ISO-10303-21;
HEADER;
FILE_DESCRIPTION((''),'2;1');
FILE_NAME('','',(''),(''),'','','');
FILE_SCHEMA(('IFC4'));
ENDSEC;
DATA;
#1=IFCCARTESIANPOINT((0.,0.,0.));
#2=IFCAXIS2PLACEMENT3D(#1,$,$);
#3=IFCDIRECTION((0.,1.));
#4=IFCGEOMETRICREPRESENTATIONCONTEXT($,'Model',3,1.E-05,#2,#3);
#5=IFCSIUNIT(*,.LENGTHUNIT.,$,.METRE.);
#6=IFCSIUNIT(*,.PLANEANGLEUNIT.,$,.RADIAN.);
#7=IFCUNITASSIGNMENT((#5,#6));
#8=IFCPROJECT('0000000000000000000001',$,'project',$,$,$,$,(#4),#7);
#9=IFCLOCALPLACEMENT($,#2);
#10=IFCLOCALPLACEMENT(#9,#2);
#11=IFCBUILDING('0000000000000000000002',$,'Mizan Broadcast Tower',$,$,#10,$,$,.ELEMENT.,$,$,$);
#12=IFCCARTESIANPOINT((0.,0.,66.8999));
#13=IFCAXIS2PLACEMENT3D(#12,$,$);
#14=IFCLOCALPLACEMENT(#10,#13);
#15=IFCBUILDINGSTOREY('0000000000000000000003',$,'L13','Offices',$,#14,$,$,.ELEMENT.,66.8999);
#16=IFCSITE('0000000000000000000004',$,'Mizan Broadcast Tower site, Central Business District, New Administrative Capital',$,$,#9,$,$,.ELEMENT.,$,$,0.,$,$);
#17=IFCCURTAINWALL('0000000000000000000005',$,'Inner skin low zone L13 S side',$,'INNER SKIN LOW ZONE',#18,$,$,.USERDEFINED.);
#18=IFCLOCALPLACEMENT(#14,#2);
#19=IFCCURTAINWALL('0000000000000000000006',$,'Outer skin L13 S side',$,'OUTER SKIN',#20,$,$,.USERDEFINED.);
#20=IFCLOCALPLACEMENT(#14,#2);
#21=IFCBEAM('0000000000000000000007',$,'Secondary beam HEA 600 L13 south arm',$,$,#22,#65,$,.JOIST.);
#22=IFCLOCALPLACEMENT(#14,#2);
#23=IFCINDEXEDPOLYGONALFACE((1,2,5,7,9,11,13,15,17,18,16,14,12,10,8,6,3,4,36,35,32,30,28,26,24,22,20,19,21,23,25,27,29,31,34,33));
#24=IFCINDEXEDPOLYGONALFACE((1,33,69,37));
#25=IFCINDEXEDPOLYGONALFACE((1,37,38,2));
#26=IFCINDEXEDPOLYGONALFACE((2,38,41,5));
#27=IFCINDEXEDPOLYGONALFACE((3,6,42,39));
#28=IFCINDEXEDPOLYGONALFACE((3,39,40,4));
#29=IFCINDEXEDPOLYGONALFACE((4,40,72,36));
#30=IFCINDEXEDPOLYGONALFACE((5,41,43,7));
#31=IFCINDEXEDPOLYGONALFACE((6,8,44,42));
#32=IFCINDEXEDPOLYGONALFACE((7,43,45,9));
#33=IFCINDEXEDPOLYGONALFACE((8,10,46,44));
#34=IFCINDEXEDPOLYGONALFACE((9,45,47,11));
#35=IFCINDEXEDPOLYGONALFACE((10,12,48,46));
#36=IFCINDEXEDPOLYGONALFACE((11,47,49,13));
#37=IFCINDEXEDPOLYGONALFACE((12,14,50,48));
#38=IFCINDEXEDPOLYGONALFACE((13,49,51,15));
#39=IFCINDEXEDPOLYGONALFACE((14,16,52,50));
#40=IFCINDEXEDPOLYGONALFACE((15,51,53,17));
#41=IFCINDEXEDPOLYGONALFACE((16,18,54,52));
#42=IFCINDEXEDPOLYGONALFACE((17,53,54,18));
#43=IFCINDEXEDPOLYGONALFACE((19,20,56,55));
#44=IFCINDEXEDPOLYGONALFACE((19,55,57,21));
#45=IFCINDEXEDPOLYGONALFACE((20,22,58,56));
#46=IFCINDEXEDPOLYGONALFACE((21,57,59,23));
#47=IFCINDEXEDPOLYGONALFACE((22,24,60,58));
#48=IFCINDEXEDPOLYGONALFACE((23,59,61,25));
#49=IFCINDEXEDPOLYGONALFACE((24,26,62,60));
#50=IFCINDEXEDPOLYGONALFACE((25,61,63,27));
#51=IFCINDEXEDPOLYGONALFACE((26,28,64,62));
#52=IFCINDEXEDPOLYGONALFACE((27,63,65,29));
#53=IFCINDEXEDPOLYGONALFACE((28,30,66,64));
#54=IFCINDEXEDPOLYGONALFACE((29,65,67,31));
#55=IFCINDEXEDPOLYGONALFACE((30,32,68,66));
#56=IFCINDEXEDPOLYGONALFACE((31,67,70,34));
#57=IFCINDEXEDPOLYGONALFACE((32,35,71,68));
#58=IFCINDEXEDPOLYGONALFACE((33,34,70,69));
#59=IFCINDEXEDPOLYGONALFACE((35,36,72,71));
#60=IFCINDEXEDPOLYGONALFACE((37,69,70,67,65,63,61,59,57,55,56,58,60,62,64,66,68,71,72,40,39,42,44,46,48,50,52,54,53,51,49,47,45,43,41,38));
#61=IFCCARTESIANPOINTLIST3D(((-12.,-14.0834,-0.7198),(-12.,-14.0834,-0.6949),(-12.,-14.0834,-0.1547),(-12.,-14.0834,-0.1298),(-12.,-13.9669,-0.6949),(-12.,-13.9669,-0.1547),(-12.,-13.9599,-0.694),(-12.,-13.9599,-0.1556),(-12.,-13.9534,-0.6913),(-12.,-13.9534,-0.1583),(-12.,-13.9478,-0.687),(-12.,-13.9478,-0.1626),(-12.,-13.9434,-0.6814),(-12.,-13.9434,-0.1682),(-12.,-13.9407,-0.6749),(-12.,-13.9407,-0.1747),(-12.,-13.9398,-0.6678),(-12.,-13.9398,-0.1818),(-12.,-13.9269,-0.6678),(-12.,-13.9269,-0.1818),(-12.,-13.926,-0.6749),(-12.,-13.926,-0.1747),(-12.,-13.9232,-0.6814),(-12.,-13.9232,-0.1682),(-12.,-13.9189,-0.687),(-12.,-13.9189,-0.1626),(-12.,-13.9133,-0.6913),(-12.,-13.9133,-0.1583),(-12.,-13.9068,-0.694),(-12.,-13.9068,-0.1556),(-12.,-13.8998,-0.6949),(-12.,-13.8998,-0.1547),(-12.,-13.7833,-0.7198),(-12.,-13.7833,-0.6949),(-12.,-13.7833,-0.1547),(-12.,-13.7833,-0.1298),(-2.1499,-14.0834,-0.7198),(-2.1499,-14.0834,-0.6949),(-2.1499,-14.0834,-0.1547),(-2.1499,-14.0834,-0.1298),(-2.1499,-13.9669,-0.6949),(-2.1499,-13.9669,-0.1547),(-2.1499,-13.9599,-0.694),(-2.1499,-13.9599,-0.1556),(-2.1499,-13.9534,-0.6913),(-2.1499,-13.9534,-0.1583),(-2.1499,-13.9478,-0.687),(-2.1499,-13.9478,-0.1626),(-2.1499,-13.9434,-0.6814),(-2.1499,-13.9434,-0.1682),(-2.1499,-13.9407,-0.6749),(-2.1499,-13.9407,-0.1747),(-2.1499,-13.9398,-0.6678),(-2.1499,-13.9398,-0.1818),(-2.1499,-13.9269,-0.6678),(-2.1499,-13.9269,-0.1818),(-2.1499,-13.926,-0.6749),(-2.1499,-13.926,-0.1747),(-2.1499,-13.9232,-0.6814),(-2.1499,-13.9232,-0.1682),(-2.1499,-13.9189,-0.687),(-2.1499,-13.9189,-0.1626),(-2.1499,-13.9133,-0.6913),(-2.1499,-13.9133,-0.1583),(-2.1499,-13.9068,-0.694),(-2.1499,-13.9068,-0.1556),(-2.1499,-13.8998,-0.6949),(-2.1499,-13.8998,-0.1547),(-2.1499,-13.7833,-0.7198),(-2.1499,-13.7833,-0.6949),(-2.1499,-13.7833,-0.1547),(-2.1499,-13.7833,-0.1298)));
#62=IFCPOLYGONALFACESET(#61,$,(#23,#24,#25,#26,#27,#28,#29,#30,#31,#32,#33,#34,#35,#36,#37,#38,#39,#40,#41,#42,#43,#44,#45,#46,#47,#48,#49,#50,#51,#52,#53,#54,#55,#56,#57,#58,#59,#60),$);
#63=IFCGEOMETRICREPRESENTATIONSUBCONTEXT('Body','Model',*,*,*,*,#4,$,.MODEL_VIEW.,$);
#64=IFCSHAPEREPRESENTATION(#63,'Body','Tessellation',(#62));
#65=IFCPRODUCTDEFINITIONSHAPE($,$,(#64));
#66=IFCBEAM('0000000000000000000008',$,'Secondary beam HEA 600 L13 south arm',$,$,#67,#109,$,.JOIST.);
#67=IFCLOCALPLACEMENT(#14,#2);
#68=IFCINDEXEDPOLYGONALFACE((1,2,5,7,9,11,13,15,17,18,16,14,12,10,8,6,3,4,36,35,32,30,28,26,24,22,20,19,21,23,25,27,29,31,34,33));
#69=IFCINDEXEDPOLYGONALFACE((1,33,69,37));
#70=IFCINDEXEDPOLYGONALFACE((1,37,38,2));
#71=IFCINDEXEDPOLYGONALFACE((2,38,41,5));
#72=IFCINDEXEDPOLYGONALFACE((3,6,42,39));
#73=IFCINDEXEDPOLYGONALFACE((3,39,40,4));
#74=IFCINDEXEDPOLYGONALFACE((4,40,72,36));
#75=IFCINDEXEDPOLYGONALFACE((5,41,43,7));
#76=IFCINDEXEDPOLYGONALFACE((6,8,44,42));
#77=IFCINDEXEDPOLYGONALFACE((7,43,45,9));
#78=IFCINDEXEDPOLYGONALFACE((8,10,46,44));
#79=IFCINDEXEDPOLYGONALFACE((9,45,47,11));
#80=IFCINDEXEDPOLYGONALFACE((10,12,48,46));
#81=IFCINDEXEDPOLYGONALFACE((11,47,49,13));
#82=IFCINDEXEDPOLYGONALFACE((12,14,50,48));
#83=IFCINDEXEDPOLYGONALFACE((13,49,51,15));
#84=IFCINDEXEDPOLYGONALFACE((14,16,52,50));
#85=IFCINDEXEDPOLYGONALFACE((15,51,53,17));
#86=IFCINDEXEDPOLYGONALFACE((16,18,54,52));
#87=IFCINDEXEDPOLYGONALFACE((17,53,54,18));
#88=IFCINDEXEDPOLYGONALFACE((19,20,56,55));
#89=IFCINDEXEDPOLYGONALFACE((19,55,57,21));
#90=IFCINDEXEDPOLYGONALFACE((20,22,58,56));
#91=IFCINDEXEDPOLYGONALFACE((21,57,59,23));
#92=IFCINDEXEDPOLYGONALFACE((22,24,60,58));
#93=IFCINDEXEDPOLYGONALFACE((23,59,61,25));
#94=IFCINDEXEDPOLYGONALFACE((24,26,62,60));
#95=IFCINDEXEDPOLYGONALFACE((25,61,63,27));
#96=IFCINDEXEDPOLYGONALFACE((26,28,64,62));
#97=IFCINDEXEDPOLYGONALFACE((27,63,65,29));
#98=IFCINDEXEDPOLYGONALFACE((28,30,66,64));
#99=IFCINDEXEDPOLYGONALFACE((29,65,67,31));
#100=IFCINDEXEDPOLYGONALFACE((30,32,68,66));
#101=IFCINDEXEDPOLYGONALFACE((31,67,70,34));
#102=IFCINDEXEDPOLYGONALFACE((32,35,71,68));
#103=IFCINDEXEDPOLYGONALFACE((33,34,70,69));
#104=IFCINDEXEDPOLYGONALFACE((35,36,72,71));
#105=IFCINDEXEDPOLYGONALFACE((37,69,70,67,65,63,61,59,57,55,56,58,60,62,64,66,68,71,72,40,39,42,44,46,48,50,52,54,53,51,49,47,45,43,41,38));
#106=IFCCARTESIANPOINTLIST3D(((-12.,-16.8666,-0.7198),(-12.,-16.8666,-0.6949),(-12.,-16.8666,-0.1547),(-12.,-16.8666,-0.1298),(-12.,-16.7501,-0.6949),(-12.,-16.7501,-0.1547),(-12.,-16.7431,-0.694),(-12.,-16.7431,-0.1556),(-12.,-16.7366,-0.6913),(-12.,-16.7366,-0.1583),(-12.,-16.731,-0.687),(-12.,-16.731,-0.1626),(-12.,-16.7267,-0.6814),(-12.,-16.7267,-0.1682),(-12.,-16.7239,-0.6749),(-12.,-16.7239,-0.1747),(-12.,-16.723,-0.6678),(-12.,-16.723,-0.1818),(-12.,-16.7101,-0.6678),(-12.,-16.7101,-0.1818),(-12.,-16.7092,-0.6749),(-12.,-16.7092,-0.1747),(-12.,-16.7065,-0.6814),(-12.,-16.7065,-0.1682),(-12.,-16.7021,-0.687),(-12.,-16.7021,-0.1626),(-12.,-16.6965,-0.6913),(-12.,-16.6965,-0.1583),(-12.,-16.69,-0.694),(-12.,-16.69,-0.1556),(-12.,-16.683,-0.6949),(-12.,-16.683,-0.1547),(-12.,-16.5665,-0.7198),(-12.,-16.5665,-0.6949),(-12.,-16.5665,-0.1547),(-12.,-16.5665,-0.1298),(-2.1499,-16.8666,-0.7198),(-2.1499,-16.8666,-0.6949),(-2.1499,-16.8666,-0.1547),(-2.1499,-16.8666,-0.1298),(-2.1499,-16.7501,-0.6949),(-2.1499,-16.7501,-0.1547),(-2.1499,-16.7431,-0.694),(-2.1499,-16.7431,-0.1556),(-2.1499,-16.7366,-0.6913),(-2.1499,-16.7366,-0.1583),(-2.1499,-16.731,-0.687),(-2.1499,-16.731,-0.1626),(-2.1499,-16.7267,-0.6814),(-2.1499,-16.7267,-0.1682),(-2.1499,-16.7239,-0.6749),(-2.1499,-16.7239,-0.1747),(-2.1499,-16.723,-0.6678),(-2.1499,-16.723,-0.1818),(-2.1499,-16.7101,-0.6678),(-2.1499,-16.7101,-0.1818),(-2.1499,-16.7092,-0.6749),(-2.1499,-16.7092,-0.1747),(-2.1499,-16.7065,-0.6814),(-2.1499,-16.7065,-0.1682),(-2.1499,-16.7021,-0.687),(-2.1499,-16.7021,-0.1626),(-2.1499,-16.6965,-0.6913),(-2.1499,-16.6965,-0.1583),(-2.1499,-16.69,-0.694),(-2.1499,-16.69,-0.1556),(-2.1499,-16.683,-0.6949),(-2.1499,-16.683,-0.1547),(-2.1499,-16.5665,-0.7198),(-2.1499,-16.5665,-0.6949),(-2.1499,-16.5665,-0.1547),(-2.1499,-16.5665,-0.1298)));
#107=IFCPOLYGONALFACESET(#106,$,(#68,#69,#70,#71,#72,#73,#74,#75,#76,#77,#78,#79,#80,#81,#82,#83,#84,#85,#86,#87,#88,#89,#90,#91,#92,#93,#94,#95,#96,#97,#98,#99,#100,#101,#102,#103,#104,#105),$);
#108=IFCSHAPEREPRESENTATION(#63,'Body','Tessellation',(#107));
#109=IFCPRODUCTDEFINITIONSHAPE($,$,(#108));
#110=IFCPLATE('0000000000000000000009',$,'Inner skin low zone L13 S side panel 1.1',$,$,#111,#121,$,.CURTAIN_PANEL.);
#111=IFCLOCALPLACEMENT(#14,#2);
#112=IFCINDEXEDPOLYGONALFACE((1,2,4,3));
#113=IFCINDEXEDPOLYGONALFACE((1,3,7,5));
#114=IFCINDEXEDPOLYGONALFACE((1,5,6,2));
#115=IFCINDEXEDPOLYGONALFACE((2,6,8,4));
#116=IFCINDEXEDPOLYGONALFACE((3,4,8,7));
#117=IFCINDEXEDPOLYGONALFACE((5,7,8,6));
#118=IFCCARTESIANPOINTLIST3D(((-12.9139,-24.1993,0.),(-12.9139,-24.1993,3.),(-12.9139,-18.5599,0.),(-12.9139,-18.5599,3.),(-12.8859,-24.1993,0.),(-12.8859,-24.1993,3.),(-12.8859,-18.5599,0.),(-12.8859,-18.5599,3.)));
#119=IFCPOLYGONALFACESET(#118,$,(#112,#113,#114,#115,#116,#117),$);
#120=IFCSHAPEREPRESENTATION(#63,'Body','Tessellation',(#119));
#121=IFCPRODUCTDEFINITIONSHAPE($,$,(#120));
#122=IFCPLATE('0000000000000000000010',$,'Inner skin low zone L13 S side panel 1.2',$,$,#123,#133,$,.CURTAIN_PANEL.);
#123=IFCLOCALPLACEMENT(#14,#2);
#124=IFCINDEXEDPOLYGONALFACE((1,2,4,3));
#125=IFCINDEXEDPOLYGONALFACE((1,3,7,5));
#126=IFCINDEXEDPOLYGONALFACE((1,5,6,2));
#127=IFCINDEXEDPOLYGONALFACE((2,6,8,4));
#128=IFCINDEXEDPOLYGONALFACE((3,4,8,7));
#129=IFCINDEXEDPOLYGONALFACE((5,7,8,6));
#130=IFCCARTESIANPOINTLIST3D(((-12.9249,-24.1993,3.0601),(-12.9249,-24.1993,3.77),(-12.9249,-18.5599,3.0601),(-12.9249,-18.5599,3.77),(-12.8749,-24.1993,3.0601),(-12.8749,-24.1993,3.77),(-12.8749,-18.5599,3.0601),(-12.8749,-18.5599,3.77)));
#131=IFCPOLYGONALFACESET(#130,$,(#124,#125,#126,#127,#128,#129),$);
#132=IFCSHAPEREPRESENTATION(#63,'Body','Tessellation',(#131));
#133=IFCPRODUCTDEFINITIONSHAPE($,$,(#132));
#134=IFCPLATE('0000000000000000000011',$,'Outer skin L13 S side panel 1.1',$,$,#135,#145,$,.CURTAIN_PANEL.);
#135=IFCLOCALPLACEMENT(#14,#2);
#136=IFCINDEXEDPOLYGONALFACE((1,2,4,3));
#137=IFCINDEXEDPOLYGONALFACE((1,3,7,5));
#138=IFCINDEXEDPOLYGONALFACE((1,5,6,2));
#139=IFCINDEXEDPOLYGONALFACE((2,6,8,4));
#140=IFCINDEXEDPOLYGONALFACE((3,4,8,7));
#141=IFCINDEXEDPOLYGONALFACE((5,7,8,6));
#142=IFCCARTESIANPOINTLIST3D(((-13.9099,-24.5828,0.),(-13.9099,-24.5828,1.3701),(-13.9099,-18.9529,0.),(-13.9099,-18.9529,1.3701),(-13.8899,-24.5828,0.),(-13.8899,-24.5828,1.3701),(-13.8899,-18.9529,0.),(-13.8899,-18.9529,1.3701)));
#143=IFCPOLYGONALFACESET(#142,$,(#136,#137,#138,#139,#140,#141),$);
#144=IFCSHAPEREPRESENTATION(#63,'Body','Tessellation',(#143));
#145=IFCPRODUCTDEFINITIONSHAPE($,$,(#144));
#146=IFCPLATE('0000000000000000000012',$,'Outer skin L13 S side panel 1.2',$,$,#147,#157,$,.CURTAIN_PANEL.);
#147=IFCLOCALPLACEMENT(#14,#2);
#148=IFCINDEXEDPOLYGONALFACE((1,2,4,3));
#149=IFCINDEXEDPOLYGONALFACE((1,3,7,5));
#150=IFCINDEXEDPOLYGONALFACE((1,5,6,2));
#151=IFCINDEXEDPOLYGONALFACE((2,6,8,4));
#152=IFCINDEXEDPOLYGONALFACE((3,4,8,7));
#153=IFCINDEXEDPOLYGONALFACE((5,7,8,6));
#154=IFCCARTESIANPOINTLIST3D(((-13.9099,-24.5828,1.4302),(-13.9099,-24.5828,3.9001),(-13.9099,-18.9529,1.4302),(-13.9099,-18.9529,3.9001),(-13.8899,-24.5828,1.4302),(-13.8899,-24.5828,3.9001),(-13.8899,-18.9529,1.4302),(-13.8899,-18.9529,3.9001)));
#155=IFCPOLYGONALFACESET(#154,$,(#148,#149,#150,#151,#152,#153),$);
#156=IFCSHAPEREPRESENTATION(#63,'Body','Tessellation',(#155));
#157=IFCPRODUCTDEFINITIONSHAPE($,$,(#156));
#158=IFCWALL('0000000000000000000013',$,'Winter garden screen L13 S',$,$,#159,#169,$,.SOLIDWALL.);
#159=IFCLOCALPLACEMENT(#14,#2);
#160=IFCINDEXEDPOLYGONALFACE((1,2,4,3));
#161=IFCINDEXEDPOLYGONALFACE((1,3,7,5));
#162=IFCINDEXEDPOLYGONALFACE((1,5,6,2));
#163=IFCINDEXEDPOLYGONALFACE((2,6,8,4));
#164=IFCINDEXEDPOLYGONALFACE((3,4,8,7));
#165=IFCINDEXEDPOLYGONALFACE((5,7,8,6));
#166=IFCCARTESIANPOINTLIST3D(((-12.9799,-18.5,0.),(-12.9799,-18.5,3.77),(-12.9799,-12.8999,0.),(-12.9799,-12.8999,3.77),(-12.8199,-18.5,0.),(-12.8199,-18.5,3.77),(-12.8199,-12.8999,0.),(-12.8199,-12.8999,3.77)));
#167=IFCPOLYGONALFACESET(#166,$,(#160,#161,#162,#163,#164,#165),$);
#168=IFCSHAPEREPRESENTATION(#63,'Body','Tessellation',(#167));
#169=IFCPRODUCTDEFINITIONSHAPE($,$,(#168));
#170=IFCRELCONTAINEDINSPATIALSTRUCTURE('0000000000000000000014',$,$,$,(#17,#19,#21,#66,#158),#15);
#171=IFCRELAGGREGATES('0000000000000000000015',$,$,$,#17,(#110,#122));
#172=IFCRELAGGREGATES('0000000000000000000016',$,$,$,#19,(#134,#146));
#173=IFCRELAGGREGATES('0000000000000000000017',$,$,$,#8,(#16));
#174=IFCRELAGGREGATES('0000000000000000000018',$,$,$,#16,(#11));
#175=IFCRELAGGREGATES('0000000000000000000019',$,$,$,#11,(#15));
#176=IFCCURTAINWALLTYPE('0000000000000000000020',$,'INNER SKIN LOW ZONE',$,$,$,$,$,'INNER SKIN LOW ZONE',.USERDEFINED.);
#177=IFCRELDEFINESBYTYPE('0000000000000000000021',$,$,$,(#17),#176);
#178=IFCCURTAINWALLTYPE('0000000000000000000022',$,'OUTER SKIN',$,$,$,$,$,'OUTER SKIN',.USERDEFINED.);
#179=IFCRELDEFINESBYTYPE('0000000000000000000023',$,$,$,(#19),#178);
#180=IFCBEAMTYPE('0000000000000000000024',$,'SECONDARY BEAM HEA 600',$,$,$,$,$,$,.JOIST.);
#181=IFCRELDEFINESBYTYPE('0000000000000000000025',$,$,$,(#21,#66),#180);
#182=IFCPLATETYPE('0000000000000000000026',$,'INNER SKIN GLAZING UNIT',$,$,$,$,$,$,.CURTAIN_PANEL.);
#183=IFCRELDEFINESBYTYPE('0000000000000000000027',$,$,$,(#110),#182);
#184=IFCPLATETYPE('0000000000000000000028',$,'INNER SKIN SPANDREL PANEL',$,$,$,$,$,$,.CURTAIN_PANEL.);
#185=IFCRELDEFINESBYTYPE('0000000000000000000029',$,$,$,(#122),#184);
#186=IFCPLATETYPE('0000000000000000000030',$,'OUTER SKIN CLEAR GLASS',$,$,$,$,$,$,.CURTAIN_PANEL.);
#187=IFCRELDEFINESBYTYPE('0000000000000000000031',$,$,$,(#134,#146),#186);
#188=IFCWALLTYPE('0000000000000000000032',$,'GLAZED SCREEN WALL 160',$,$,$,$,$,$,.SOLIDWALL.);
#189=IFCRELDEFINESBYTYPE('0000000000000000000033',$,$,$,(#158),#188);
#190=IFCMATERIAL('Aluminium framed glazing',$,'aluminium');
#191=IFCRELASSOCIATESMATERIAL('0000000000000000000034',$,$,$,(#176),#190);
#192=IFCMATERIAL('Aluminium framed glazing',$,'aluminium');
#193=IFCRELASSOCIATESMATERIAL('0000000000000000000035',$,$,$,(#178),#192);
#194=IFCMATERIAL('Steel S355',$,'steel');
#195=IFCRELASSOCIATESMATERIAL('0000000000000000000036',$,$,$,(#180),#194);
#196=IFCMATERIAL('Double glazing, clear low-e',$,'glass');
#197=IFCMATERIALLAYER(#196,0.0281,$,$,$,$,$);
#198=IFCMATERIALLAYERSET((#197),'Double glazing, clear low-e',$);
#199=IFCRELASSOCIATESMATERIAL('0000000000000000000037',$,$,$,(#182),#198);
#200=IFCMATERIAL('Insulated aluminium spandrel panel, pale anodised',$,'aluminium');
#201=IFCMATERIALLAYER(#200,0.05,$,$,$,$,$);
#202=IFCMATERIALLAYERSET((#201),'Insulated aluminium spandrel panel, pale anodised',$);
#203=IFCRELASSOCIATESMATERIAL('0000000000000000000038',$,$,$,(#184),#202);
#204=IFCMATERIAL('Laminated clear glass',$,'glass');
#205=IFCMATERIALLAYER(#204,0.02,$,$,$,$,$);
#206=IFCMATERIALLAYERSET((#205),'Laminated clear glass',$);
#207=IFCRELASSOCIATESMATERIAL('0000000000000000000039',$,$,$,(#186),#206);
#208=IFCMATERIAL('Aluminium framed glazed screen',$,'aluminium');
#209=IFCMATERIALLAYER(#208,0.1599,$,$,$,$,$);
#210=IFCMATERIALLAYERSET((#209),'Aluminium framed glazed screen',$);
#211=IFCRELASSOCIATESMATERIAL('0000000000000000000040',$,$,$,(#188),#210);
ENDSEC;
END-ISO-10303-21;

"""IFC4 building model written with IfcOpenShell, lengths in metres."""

from ifc_helpers import new_model, si_unit, direction, frame, frame_2d, origin, origin_2d, place, context, subcontext, project, spatial, rectangle, i_section, extrude, material, layer, layer_set, material_profile, profile_set, type_object, element, aggregate, save


model = new_model("IFC4")

# Units and contexts
model_context = context("Model", 3, precision=1e-05, world=origin(), true_north=direction((0.0, 1.0)))
body_context = subcontext(model_context, "Body", "Model", "MODEL_VIEW")
ifc_project = project(units=[si_unit("LENGTHUNIT", "METRE"), si_unit("PLANEANGLEUNIT", "RADIAN")], contexts=[model_context])

# Site, building, storey
site_placement = place(None, origin())
site = spatial("IfcSite", under=ifc_project, at=site_placement, Name="Mizan Broadcast Tower site, Central Business District, New Administrative Capital", CompositionType="ELEMENT", RefElevation=0.0)
building_placement = place(site_placement, origin())
building = spatial("IfcBuilding", under=site, at=building_placement, Name="Mizan Broadcast Tower", CompositionType="ELEMENT")
storey_placement = place(building_placement, frame((0.0, 0.0, 66.8999)))
storey = spatial("IfcBuildingStorey", under=building, at=storey_placement, Name="L13", Description="Offices", CompositionType="ELEMENT", Elevation=66.8999)

# Curtain walls
ifc_material_1 = material(Name="Aluminium framed glazing", Category="aluminium")
curtain_wall_type_1 = type_object("IfcCurtainWallType", Name="INNER SKIN LOW ZONE", ElementType="INNER SKIN LOW ZONE", PredefinedType="USERDEFINED", material=ifc_material_1)
curtain_wall_1_placement = place(storey_placement, origin())
curtain_wall_1 = element("IfcCurtainWall", 1, at=curtain_wall_1_placement, inside=storey, type_object=curtain_wall_type_1, Name="Inner skin low zone L13 S side", ObjectType="INNER SKIN LOW ZONE", PredefinedType="USERDEFINED")
ifc_material_2 = material(Name="Aluminium framed glazing", Category="aluminium")
curtain_wall_type_2 = type_object("IfcCurtainWallType", Name="OUTER SKIN", ElementType="OUTER SKIN", PredefinedType="USERDEFINED", material=ifc_material_2)
curtain_wall_2_placement = place(storey_placement, origin())
curtain_wall_2 = element("IfcCurtainWall", 2, at=curtain_wall_2_placement, inside=storey, type_object=curtain_wall_type_2, Name="Outer skin L13 S side", ObjectType="OUTER SKIN", PredefinedType="USERDEFINED")

# Beams
ifc_material_3 = material(Name="Steel S355", Category="steel")
ifc_material_profile_1 = material_profile(ifc_material_3, i_section(OverallWidth=0.3, OverallDepth=0.5901, WebThickness=0.0129, FlangeThickness=0.0249, FilletRadius=0.0271, at=origin_2d()), Name="HEA 600")
ifc_profile_set_1 = profile_set([ifc_material_profile_1], Name="Steel S355")
beam_type_1 = type_object("IfcBeamType", Name="SECONDARY BEAM HEA 600", PredefinedType="JOIST", material=ifc_profile_set_1)
for number, where, z_axis, x_axis, name in (
    (3, (-12.0, -13.9333, -0.4248), (1.0, 0.0, 0.0), (0.0, 1.0, 0.0), "Secondary beam HEA 600 L13 south arm"),
    (4, (-12.0, -16.7166, -0.4248), (1.0, 0.0, 0.0), (0.0, 1.0, 0.0), "Secondary beam HEA 600 L13 south arm"),
):
    element("IfcBeam", number, at=place(storey_placement, frame(where, z_axis=z_axis, x_axis=x_axis)), inside=storey, type_object=beam_type_1, Name=name, PredefinedType="JOIST", context=body_context, shape_type="SweptSolid", body=[
        extrude(i_section(OverallWidth=0.3, OverallDepth=0.5901, WebThickness=0.0129, FlangeThickness=0.0249, FilletRadius=0.0271, at=origin_2d()), origin(), (0.0, 0.0, 1.0), 9.8501),
    ])

# Plates
ifc_material_4 = material(Name="Double glazing, clear low-e", Category="glass")
ifc_layer_1 = layer(ifc_material_4, 0.0281)
ifc_layer_set_1 = layer_set([ifc_layer_1], Name="Double glazing, clear low-e")
plate_type_1 = type_object("IfcPlateType", Name="INNER SKIN GLAZING UNIT", PredefinedType="CURTAIN_PANEL", material=ifc_layer_set_1)
plate_1_placement = place(storey_placement, frame((-12.8999, -21.3796, 0.0), z_axis=(0.0, 0.0, 1.0), x_axis=(0.0, -1.0, 0.0)))
plate_1 = element("IfcPlate", 5, at=plate_1_placement, type_object=plate_type_1, Name="Inner skin low zone L13 S side panel 1.1", PredefinedType="CURTAIN_PANEL", context=body_context, shape_type="SweptSolid", body=[
    extrude(rectangle(XDim=5.6394, YDim=0.0281, at=origin_2d()), origin(), (0.0, 0.0, 1.0), 3.0),
])
ifc_material_5 = material(Name="Insulated aluminium spandrel panel, pale anodised", Category="aluminium")
ifc_layer_2 = layer(ifc_material_5, 0.05)
ifc_layer_set_2 = layer_set([ifc_layer_2], Name="Insulated aluminium spandrel panel, pale anodised")
plate_type_2 = type_object("IfcPlateType", Name="INNER SKIN SPANDREL PANEL", PredefinedType="CURTAIN_PANEL", material=ifc_layer_set_2)
plate_2_placement = place(storey_placement, frame((-12.8999, -21.3796, 3.0601), z_axis=(0.0, 0.0, 1.0), x_axis=(0.0, -1.0, 0.0)))
plate_2 = element("IfcPlate", 6, at=plate_2_placement, type_object=plate_type_2, Name="Inner skin low zone L13 S side panel 1.2", PredefinedType="CURTAIN_PANEL", context=body_context, shape_type="SweptSolid", body=[
    extrude(rectangle(XDim=5.6394, YDim=0.05, at=origin_2d()), origin(), (0.0, 0.0, 1.0), 0.71),
])
aggregate(curtain_wall_1, [plate_1, plate_2])
ifc_material_6 = material(Name="Laminated clear glass", Category="glass")
ifc_layer_3 = layer(ifc_material_6, 0.02)
ifc_layer_set_3 = layer_set([ifc_layer_3], Name="Laminated clear glass")
plate_type_3 = type_object("IfcPlateType", Name="OUTER SKIN CLEAR GLASS", PredefinedType="CURTAIN_PANEL", material=ifc_layer_set_3)
plate_3_placement = place(storey_placement, frame((-13.8999, -21.7678, 0.0), z_axis=(0.0, 0.0, 1.0), x_axis=(0.0, -1.0, 0.0)))
plate_3 = element("IfcPlate", 7, at=plate_3_placement, type_object=plate_type_3, Name="Outer skin L13 S side panel 1.1", PredefinedType="CURTAIN_PANEL", context=body_context, shape_type="SweptSolid", body=[
    extrude(rectangle(XDim=5.6299, YDim=0.02, at=origin_2d()), origin(), (0.0, 0.0, 1.0), 1.3701),
])
plate_4_placement = place(storey_placement, frame((-13.8999, -21.7678, 1.4302), z_axis=(0.0, 0.0, 1.0), x_axis=(0.0, -1.0, 0.0)))
plate_4 = element("IfcPlate", 8, at=plate_4_placement, type_object=plate_type_3, Name="Outer skin L13 S side panel 1.2", PredefinedType="CURTAIN_PANEL", context=body_context, shape_type="SweptSolid", body=[
    extrude(rectangle(XDim=5.6299, YDim=0.02, at=origin_2d()), origin(), (0.0, 0.0, 1.0), 2.47),
])
aggregate(curtain_wall_2, [plate_3, plate_4])

# Wall
ifc_material_7 = material(Name="Aluminium framed glazed screen", Category="aluminium")
ifc_layer_4 = layer(ifc_material_7, 0.1599)
ifc_layer_set_4 = layer_set([ifc_layer_4], Name="Aluminium framed glazed screen")
wall_type = type_object("IfcWallType", Name="GLAZED SCREEN WALL 160", PredefinedType="SOLIDWALL", material=ifc_layer_set_4)
wall_placement = place(storey_placement, frame((-12.8999, -12.8999, 0.0), z_axis=(0.0, 0.0, 1.0), x_axis=(0.0, -1.0, 0.0)))
element("IfcWall", 9, at=wall_placement, inside=storey, type_object=wall_type, Name="Winter garden screen L13 S", PredefinedType="SOLIDWALL", context=body_context, shape_type="SweptSolid", body=[
    extrude(rectangle(XDim=5.6001, YDim=0.1599, at=frame_2d((2.8, 0.0))), origin(), (0.0, 0.0, 1.0), 3.77),
])

save(model, "model.ifc")
